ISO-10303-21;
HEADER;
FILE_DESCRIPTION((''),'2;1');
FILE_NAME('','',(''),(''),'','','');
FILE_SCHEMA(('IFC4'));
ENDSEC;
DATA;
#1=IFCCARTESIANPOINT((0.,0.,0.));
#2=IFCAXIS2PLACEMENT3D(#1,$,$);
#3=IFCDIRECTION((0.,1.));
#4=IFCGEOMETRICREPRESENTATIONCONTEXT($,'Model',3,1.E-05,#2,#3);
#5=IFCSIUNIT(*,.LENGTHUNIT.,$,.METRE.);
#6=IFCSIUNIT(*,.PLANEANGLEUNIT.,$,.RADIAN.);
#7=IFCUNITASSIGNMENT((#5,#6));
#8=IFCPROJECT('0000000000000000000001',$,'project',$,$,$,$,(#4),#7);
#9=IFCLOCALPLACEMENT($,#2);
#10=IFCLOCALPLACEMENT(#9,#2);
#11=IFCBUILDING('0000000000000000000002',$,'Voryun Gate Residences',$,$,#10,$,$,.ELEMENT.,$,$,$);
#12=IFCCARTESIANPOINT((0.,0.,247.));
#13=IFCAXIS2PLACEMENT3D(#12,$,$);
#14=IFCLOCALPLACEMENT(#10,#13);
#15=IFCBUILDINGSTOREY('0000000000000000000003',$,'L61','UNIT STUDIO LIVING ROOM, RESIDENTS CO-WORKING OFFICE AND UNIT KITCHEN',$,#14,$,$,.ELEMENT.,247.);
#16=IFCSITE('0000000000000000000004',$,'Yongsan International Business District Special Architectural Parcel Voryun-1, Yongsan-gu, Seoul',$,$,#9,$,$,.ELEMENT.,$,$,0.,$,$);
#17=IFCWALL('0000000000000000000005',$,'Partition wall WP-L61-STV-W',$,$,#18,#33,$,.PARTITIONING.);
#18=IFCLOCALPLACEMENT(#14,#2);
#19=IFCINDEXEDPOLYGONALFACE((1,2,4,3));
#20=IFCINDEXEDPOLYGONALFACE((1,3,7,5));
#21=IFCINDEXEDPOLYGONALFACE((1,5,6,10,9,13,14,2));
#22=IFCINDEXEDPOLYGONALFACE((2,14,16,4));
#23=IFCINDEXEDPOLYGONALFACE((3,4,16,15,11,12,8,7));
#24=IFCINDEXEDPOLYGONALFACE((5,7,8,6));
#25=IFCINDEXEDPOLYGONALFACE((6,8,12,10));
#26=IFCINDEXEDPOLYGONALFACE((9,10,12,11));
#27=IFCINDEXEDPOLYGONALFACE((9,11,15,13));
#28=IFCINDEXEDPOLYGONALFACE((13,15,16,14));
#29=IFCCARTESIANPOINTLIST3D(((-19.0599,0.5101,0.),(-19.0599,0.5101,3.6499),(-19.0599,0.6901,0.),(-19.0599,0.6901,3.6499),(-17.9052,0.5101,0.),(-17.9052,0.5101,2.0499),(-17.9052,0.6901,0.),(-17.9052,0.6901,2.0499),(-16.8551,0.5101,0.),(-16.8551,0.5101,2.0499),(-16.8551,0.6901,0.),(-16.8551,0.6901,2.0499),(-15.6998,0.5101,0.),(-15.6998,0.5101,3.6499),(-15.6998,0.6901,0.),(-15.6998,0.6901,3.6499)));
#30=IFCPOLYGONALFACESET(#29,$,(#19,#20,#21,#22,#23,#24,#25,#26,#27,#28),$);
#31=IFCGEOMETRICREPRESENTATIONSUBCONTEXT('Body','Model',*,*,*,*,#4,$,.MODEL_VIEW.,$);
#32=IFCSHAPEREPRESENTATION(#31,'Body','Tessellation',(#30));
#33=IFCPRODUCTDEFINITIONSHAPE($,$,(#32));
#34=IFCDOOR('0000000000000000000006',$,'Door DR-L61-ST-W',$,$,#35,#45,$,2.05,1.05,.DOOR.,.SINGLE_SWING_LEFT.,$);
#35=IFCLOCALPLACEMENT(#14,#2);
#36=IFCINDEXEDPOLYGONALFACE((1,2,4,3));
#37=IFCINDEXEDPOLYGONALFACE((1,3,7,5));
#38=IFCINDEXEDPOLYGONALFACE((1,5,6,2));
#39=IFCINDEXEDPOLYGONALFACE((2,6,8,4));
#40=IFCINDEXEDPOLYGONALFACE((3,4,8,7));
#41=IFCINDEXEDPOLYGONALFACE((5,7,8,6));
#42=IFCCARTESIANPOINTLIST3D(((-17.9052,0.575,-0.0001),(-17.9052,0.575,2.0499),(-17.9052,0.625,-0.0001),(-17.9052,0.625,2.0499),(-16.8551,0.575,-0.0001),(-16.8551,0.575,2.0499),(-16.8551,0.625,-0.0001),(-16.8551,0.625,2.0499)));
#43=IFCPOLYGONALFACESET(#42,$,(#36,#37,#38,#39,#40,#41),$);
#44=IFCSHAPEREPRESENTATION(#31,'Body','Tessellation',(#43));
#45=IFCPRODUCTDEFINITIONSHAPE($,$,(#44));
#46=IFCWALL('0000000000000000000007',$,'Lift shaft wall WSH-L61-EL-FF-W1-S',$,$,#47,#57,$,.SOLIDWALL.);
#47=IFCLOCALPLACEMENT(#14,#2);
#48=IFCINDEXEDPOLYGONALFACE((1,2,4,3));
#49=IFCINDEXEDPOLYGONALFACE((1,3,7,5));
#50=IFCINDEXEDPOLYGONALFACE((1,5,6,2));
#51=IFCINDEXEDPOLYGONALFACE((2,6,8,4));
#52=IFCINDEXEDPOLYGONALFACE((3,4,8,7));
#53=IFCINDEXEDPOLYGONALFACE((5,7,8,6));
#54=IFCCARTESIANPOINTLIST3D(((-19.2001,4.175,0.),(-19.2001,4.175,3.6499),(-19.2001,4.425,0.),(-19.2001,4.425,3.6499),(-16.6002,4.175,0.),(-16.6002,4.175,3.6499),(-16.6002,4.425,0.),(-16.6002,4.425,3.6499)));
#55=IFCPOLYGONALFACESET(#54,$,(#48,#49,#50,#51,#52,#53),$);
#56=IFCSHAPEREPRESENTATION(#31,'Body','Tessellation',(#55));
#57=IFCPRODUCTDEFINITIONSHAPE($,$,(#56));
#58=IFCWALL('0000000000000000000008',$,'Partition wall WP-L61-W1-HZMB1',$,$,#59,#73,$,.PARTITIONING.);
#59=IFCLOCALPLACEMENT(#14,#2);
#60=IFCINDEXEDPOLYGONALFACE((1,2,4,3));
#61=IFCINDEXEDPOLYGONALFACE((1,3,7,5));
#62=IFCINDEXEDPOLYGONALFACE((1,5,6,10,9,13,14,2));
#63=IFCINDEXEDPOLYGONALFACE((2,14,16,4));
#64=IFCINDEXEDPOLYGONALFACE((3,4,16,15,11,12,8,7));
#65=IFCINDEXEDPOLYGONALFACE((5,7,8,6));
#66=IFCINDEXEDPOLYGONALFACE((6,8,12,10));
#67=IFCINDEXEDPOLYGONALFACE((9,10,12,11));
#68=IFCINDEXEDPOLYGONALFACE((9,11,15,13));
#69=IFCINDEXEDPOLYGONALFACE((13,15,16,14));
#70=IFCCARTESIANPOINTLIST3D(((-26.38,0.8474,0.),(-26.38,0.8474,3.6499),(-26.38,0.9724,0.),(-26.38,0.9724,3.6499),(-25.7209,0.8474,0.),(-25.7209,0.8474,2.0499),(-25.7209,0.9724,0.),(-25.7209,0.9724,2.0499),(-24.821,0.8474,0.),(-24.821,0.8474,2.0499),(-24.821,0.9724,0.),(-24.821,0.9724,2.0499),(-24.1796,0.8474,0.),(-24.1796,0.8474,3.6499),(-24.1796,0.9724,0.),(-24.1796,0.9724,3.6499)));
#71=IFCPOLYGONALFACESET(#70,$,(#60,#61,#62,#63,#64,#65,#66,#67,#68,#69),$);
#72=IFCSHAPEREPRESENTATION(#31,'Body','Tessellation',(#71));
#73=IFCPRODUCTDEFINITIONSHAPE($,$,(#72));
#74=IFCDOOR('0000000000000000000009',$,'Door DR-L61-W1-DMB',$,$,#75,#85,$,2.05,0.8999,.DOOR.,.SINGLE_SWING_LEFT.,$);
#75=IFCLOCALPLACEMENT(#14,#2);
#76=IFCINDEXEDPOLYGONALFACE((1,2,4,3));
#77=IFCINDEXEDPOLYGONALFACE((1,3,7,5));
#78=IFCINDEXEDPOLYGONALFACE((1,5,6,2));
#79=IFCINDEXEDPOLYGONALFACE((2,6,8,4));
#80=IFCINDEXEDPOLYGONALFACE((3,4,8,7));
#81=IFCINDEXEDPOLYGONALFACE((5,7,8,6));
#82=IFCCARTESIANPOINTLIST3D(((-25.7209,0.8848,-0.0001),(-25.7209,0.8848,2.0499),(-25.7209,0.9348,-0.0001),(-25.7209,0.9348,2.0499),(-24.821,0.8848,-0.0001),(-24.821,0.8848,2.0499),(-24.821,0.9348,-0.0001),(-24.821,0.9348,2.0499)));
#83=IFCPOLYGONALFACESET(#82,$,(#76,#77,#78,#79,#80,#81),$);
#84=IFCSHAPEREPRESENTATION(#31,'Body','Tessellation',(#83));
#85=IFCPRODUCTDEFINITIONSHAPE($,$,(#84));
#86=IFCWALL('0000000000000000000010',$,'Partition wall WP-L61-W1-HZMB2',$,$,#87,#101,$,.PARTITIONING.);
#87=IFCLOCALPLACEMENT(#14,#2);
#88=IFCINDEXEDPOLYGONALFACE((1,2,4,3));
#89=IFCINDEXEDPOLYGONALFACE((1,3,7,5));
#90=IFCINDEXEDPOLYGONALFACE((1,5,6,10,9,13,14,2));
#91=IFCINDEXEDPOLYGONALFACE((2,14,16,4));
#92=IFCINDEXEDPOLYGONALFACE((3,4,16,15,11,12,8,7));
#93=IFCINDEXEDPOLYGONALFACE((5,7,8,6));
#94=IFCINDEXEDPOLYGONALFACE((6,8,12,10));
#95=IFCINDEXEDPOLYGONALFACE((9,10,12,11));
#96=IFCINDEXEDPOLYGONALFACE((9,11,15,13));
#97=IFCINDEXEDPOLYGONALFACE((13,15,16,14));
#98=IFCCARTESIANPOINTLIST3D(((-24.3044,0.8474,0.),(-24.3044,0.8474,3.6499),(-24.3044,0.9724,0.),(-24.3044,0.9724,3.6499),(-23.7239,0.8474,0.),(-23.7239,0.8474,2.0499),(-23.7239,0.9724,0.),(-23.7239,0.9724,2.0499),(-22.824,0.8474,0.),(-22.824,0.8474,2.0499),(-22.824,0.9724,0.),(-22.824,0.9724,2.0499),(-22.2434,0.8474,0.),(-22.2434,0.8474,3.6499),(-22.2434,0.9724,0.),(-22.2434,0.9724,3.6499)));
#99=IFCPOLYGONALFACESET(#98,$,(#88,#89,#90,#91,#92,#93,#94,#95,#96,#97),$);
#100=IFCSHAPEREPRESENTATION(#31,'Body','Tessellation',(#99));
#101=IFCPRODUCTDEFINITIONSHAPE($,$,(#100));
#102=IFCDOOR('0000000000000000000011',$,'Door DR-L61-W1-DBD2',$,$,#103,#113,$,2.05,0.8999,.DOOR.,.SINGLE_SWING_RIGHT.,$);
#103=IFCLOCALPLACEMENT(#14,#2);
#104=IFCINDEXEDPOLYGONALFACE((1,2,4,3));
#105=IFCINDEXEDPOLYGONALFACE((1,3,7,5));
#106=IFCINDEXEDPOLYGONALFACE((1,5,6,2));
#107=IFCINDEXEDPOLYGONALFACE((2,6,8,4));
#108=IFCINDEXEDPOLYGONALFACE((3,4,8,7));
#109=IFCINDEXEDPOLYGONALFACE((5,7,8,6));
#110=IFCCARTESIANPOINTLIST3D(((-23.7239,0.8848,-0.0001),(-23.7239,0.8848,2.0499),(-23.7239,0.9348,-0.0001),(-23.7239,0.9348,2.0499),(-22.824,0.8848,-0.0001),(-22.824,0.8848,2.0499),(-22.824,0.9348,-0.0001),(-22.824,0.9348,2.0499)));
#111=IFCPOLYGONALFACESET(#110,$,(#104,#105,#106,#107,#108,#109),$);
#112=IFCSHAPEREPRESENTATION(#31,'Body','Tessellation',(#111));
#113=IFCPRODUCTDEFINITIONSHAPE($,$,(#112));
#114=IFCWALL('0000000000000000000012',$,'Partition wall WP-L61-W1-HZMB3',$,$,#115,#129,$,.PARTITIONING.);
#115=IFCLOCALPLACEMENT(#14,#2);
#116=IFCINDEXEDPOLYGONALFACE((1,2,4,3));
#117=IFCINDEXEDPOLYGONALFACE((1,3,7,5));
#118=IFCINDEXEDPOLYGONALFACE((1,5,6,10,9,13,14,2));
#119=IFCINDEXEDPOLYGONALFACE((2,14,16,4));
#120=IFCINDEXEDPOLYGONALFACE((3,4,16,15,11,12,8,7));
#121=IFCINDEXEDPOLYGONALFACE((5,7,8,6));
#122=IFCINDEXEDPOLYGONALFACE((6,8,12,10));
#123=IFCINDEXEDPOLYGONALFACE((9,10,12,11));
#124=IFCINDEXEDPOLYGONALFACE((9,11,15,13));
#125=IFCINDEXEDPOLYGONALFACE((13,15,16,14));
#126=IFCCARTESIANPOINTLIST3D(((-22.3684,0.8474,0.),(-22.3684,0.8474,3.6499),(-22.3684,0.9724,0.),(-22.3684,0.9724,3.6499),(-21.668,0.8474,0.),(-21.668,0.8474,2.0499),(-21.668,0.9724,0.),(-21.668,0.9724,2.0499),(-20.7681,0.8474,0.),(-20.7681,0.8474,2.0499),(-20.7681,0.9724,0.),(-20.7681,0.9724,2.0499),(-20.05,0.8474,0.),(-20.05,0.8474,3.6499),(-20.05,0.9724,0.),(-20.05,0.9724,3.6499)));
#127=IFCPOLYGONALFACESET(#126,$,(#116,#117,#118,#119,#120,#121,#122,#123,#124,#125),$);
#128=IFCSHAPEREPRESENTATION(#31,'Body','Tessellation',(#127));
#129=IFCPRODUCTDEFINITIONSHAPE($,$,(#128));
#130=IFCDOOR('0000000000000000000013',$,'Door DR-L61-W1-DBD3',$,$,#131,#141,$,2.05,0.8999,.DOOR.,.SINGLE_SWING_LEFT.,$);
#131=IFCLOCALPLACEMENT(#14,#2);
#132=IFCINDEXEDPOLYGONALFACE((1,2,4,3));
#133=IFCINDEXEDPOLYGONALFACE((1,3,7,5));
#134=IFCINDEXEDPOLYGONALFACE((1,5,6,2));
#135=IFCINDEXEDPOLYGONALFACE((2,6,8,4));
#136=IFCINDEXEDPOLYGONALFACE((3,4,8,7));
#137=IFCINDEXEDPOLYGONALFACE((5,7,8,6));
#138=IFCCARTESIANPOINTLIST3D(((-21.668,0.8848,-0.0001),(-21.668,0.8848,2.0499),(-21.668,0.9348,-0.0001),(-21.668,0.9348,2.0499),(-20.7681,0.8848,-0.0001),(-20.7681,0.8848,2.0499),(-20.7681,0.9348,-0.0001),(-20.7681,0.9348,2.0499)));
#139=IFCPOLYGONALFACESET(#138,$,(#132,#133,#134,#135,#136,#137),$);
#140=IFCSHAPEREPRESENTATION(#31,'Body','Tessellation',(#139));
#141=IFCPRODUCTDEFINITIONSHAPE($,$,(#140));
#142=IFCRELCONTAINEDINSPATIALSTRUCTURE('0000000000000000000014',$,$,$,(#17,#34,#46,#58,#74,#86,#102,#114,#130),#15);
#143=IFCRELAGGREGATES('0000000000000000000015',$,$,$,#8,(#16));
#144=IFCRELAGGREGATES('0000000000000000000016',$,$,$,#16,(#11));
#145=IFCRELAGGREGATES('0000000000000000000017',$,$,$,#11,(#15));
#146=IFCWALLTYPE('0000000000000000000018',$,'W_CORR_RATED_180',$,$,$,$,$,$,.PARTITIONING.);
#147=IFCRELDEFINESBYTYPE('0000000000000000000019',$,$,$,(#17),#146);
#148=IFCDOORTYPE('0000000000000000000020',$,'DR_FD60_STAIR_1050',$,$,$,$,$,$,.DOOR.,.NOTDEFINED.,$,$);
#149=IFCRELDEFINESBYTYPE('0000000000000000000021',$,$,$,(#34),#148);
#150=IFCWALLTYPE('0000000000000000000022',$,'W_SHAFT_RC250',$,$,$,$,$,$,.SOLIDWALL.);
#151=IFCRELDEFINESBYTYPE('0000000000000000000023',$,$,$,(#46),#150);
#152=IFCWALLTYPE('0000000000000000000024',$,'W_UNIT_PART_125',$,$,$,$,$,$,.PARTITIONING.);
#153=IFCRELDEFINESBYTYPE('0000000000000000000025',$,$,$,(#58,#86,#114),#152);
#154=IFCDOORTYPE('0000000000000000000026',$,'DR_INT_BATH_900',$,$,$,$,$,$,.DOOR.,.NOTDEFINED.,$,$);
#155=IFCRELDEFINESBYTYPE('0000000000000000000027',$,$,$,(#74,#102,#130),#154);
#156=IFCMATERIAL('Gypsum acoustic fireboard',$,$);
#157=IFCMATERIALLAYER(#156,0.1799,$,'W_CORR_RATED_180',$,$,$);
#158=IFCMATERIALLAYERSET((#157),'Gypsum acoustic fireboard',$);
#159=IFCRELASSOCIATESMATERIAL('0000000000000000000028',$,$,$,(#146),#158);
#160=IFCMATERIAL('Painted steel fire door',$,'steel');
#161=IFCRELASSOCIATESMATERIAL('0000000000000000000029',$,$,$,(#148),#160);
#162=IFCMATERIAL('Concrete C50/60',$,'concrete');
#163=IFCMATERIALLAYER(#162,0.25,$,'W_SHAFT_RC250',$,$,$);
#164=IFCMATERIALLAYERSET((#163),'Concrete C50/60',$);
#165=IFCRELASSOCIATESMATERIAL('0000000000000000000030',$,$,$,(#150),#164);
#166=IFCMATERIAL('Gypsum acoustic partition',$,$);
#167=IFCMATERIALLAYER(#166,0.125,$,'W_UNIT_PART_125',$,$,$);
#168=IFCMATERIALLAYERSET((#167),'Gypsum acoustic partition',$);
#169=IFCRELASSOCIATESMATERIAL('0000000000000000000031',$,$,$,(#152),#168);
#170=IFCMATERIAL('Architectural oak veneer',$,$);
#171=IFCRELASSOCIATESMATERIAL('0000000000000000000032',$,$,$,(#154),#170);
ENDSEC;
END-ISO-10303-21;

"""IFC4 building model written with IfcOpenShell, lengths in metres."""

from ifc_helpers import new_model, si_unit, direction, frame, frame_2d, origin, place, context, subcontext, project, spatial, rectangle, extrude, material, layer, layer_set, type_object, element, fill, save


model = new_model("IFC4")

# Units and contexts
model_context = context("Model", 3, precision=1e-05, world=origin(), true_north=direction((0.0, 1.0)))
body_context = subcontext(model_context, "Body", "Model", "MODEL_VIEW")
ifc_project = project(units=[si_unit("LENGTHUNIT", "METRE"), si_unit("PLANEANGLEUNIT", "RADIAN")], contexts=[model_context])

# Site, building, storey
site_placement = place(None, origin())
site = spatial("IfcSite", under=ifc_project, at=site_placement, Name="Yongsan International Business District Special Architectural Parcel Voryun-1, Yongsan-gu, Seoul", CompositionType="ELEMENT", RefElevation=0.0)
building_placement = place(site_placement, origin())
building = spatial("IfcBuilding", under=site, at=building_placement, Name="Voryun Gate Residences", CompositionType="ELEMENT")
storey_placement = place(building_placement, frame((0.0, 0.0, 247.0)))
storey = spatial("IfcBuildingStorey", under=building, at=storey_placement, Name="L61", Description="UNIT STUDIO LIVING ROOM, RESIDENTS CO-WORKING OFFICE AND UNIT KITCHEN", CompositionType="ELEMENT", Elevation=247.0)

# Wall, opening, door
ifc_material_1 = material(Name="Gypsum acoustic fireboard")
ifc_layer_1 = layer(ifc_material_1, 0.1799, Name="W_CORR_RATED_180")
ifc_layer_set_1 = layer_set([ifc_layer_1], Name="Gypsum acoustic fireboard")
wall_type_1 = type_object("IfcWallType", Name="W_CORR_RATED_180", PredefinedType="PARTITIONING", material=ifc_layer_set_1)
wall_1_placement = place(storey_placement, frame((-19.0601, 0.6001, 0.0), z_axis=(0.0, 0.0, 1.0), x_axis=(1.0, 0.0, 0.0)))
wall_1 = element("IfcWall", 1, at=wall_1_placement, inside=storey, type_object=wall_type_1, Name="Partition wall WP-L61-STV-W", PredefinedType="PARTITIONING", context=body_context, shape_type="SweptSolid", body=[
    extrude(rectangle(XDim=3.3601, YDim=0.1799, at=frame_2d((1.6802, 0.0))), origin(), (0.0, 0.0, 1.0), 3.6499),
])
opening_1_placement = place(wall_1_placement, frame((1.155, 0.0, 0.0)))
opening_1 = element("IfcOpeningElement", 2, at=opening_1_placement, cuts=wall_1, PredefinedType="OPENING", context=body_context, shape_type="SweptSolid", body=[
    extrude(rectangle(XDim=1.05, YDim=2.05, at=frame_2d((0.5249, 1.0249))), frame((0.0, 0.0999, 0.0), z_axis=(0.0, -1.0, 0.0), x_axis=(1.0, 0.0, 0.0)), (0.0, 0.0, 1.0), 0.2),
])
ifc_material_2 = material(Name="Painted steel fire door", Category="steel")
door_type_1 = type_object("IfcDoorType", Name="DR_FD60_STAIR_1050", OperationType="NOTDEFINED", PredefinedType="DOOR", material=ifc_material_2)
door_1_placement = place(opening_1_placement, origin())
door_1 = element("IfcDoor", 3, at=door_1_placement, inside=storey, type_object=door_type_1, Name="Door DR-L61-ST-W", OperationType="SINGLE_SWING_LEFT", OverallHeight=2.05, OverallWidth=1.05, PredefinedType="DOOR", context=body_context, shape_type="SweptSolid", body=[
    extrude(rectangle(XDim=1.05, YDim=2.05, at=frame_2d((0.5249, 1.0249))), frame((0.0, 0.0249, 0.0), z_axis=(0.0, -1.0, 0.0), x_axis=(1.0, 0.0, 0.0)), (0.0, 0.0, 1.0), 0.05),
])
fill(opening_1, door_1)

# Wall
ifc_material_3 = material(Name="Concrete C50/60", Category="concrete")
ifc_layer_2 = layer(ifc_material_3, 0.25, Name="W_SHAFT_RC250")
ifc_layer_set_2 = layer_set([ifc_layer_2], Name="Concrete C50/60")
wall_type_2 = type_object("IfcWallType", Name="W_SHAFT_RC250", PredefinedType="SOLIDWALL", material=ifc_layer_set_2)
wall_2_placement = place(storey_placement, frame((-19.2, 4.3, 0.0), z_axis=(0.0, 0.0, 1.0), x_axis=(1.0, 0.0, 0.0)))
element("IfcWall", 4, at=wall_2_placement, inside=storey, type_object=wall_type_2, Name="Lift shaft wall WSH-L61-EL-FF-W1-S", PredefinedType="SOLIDWALL", context=body_context, shape_type="SweptSolid", body=[
    extrude(rectangle(XDim=2.5999, YDim=0.25, at=frame_2d((1.2998, 0.0))), origin(), (0.0, 0.0, 1.0), 3.6499),
])

# Walls, openings, doors
ifc_material_4 = material(Name="Gypsum acoustic partition")
ifc_layer_3 = layer(ifc_material_4, 0.125, Name="W_UNIT_PART_125")
ifc_layer_set_3 = layer_set([ifc_layer_3], Name="Gypsum acoustic partition")
wall_type_3 = type_object("IfcWallType", Name="W_UNIT_PART_125", PredefinedType="PARTITIONING", material=ifc_layer_set_3)
wall_3_placement = place(storey_placement, frame((-26.3799, 0.9099, 0.0), z_axis=(0.0, 0.0, 1.0), x_axis=(1.0, 0.0, 0.0)))
wall_3 = element("IfcWall", 5, at=wall_3_placement, inside=storey, type_object=wall_type_3, Name="Partition wall WP-L61-W1-HZMB1", PredefinedType="PARTITIONING", context=body_context, shape_type="SweptSolid", body=[
    extrude(rectangle(XDim=2.2004, YDim=0.125, at=frame_2d((1.1001, 0.0))), origin(), (0.0, 0.0, 1.0), 3.6499),
])
opening_2_placement = place(wall_3_placement, frame((0.6589, 0.0, 0.0)))
opening_2 = element("IfcOpeningElement", 6, at=opening_2_placement, cuts=wall_3, PredefinedType="OPENING", context=body_context, shape_type="SweptSolid", body=[
    extrude(rectangle(XDim=0.8999, YDim=2.05, at=frame_2d((0.45, 1.0249))), frame((0.0, 0.0725, 0.0), z_axis=(0.0, -1.0, 0.0), x_axis=(1.0, 0.0, 0.0)), (0.0, 0.0, 1.0), 0.145),
])
ifc_material_5 = material(Name="Architectural oak veneer")
door_type_2 = type_object("IfcDoorType", Name="DR_INT_BATH_900", OperationType="NOTDEFINED", PredefinedType="DOOR", material=ifc_material_5)
door_2_placement = place(opening_2_placement, origin())
door_2 = element("IfcDoor", 7, at=door_2_placement, inside=storey, type_object=door_type_2, Name="Door DR-L61-W1-DMB", OperationType="SINGLE_SWING_LEFT", OverallHeight=2.05, OverallWidth=0.8999, PredefinedType="DOOR", context=body_context, shape_type="SweptSolid", body=[
    extrude(rectangle(XDim=0.8999, YDim=2.05, at=frame_2d((0.45, 1.0249))), frame((0.0, 0.0249, 0.0), z_axis=(0.0, -1.0, 0.0), x_axis=(1.0, 0.0, 0.0)), (0.0, 0.0, 1.0), 0.05),
])
fill(opening_2, door_2)
wall_4_placement = place(storey_placement, frame((-24.3044, 0.9099, 0.0), z_axis=(0.0, 0.0, 1.0), x_axis=(1.0, 0.0, 0.0)))
wall_4 = element("IfcWall", 8, at=wall_4_placement, inside=storey, type_object=wall_type_3, Name="Partition wall WP-L61-W1-HZMB2", PredefinedType="PARTITIONING", context=body_context, shape_type="SweptSolid", body=[
    extrude(rectangle(XDim=2.061, YDim=0.125, at=frame_2d((1.0305, 0.0))), origin(), (0.0, 0.0, 1.0), 3.6499),
])
opening_3_placement = place(wall_4_placement, frame((0.5806, 0.0, 0.0)))
opening_3 = element("IfcOpeningElement", 9, at=opening_3_placement, cuts=wall_4, PredefinedType="OPENING", context=body_context, shape_type="SweptSolid", body=[
    extrude(rectangle(XDim=0.8999, YDim=2.05, at=frame_2d((0.45, 1.0249))), frame((0.0, 0.0725, 0.0), z_axis=(0.0, -1.0, 0.0), x_axis=(1.0, 0.0, 0.0)), (0.0, 0.0, 1.0), 0.145),
])
door_3_placement = place(opening_3_placement, origin())
door_3 = element("IfcDoor", 10, at=door_3_placement, inside=storey, type_object=door_type_2, Name="Door DR-L61-W1-DBD2", OperationType="SINGLE_SWING_RIGHT", OverallHeight=2.05, OverallWidth=0.8999, PredefinedType="DOOR", context=body_context, shape_type="SweptSolid", body=[
    extrude(rectangle(XDim=0.8999, YDim=2.05, at=frame_2d((0.45, 1.0249))), frame((0.0, 0.0249, 0.0), z_axis=(0.0, -1.0, 0.0), x_axis=(1.0, 0.0, 0.0)), (0.0, 0.0, 1.0), 0.05),
])
fill(opening_3, door_3)
wall_5_placement = place(storey_placement, frame((-22.3684, 0.9099, 0.0), z_axis=(0.0, 0.0, 1.0), x_axis=(1.0, 0.0, 0.0)))
wall_5 = element("IfcWall", 11, at=wall_5_placement, inside=storey, type_object=wall_type_3, Name="Partition wall WP-L61-W1-HZMB3", PredefinedType="PARTITIONING", context=body_context, shape_type="SweptSolid", body=[
    extrude(rectangle(XDim=2.3184, YDim=0.125, at=frame_2d((1.1592, 0.0))), origin(), (0.0, 0.0, 1.0), 3.6499),
])
opening_4_placement = place(wall_5_placement, frame((0.7004, 0.0, 0.0)))
opening_4 = element("IfcOpeningElement", 12, at=opening_4_placement, cuts=wall_5, PredefinedType="OPENING", context=body_context, shape_type="SweptSolid", body=[
    extrude(rectangle(XDim=0.8999, YDim=2.05, at=frame_2d((0.45, 1.0249))), frame((0.0, 0.0725, 0.0), z_axis=(0.0, -1.0, 0.0), x_axis=(1.0, 0.0, 0.0)), (0.0, 0.0, 1.0), 0.145),
])
door_4_placement = place(opening_4_placement, origin())
door_4 = element("IfcDoor", 13, at=door_4_placement, inside=storey, type_object=door_type_2, Name="Door DR-L61-W1-DBD3", OperationType="SINGLE_SWING_LEFT", OverallHeight=2.05, OverallWidth=0.8999, PredefinedType="DOOR", context=body_context, shape_type="SweptSolid", body=[
    extrude(rectangle(XDim=0.8999, YDim=2.05, at=frame_2d((0.45, 1.0249))), frame((0.0, 0.0249, 0.0), z_axis=(0.0, -1.0, 0.0), x_axis=(1.0, 0.0, 0.0)), (0.0, 0.0, 1.0), 0.05),
])
fill(opening_4, door_4)

save(model, "model.ifc")
